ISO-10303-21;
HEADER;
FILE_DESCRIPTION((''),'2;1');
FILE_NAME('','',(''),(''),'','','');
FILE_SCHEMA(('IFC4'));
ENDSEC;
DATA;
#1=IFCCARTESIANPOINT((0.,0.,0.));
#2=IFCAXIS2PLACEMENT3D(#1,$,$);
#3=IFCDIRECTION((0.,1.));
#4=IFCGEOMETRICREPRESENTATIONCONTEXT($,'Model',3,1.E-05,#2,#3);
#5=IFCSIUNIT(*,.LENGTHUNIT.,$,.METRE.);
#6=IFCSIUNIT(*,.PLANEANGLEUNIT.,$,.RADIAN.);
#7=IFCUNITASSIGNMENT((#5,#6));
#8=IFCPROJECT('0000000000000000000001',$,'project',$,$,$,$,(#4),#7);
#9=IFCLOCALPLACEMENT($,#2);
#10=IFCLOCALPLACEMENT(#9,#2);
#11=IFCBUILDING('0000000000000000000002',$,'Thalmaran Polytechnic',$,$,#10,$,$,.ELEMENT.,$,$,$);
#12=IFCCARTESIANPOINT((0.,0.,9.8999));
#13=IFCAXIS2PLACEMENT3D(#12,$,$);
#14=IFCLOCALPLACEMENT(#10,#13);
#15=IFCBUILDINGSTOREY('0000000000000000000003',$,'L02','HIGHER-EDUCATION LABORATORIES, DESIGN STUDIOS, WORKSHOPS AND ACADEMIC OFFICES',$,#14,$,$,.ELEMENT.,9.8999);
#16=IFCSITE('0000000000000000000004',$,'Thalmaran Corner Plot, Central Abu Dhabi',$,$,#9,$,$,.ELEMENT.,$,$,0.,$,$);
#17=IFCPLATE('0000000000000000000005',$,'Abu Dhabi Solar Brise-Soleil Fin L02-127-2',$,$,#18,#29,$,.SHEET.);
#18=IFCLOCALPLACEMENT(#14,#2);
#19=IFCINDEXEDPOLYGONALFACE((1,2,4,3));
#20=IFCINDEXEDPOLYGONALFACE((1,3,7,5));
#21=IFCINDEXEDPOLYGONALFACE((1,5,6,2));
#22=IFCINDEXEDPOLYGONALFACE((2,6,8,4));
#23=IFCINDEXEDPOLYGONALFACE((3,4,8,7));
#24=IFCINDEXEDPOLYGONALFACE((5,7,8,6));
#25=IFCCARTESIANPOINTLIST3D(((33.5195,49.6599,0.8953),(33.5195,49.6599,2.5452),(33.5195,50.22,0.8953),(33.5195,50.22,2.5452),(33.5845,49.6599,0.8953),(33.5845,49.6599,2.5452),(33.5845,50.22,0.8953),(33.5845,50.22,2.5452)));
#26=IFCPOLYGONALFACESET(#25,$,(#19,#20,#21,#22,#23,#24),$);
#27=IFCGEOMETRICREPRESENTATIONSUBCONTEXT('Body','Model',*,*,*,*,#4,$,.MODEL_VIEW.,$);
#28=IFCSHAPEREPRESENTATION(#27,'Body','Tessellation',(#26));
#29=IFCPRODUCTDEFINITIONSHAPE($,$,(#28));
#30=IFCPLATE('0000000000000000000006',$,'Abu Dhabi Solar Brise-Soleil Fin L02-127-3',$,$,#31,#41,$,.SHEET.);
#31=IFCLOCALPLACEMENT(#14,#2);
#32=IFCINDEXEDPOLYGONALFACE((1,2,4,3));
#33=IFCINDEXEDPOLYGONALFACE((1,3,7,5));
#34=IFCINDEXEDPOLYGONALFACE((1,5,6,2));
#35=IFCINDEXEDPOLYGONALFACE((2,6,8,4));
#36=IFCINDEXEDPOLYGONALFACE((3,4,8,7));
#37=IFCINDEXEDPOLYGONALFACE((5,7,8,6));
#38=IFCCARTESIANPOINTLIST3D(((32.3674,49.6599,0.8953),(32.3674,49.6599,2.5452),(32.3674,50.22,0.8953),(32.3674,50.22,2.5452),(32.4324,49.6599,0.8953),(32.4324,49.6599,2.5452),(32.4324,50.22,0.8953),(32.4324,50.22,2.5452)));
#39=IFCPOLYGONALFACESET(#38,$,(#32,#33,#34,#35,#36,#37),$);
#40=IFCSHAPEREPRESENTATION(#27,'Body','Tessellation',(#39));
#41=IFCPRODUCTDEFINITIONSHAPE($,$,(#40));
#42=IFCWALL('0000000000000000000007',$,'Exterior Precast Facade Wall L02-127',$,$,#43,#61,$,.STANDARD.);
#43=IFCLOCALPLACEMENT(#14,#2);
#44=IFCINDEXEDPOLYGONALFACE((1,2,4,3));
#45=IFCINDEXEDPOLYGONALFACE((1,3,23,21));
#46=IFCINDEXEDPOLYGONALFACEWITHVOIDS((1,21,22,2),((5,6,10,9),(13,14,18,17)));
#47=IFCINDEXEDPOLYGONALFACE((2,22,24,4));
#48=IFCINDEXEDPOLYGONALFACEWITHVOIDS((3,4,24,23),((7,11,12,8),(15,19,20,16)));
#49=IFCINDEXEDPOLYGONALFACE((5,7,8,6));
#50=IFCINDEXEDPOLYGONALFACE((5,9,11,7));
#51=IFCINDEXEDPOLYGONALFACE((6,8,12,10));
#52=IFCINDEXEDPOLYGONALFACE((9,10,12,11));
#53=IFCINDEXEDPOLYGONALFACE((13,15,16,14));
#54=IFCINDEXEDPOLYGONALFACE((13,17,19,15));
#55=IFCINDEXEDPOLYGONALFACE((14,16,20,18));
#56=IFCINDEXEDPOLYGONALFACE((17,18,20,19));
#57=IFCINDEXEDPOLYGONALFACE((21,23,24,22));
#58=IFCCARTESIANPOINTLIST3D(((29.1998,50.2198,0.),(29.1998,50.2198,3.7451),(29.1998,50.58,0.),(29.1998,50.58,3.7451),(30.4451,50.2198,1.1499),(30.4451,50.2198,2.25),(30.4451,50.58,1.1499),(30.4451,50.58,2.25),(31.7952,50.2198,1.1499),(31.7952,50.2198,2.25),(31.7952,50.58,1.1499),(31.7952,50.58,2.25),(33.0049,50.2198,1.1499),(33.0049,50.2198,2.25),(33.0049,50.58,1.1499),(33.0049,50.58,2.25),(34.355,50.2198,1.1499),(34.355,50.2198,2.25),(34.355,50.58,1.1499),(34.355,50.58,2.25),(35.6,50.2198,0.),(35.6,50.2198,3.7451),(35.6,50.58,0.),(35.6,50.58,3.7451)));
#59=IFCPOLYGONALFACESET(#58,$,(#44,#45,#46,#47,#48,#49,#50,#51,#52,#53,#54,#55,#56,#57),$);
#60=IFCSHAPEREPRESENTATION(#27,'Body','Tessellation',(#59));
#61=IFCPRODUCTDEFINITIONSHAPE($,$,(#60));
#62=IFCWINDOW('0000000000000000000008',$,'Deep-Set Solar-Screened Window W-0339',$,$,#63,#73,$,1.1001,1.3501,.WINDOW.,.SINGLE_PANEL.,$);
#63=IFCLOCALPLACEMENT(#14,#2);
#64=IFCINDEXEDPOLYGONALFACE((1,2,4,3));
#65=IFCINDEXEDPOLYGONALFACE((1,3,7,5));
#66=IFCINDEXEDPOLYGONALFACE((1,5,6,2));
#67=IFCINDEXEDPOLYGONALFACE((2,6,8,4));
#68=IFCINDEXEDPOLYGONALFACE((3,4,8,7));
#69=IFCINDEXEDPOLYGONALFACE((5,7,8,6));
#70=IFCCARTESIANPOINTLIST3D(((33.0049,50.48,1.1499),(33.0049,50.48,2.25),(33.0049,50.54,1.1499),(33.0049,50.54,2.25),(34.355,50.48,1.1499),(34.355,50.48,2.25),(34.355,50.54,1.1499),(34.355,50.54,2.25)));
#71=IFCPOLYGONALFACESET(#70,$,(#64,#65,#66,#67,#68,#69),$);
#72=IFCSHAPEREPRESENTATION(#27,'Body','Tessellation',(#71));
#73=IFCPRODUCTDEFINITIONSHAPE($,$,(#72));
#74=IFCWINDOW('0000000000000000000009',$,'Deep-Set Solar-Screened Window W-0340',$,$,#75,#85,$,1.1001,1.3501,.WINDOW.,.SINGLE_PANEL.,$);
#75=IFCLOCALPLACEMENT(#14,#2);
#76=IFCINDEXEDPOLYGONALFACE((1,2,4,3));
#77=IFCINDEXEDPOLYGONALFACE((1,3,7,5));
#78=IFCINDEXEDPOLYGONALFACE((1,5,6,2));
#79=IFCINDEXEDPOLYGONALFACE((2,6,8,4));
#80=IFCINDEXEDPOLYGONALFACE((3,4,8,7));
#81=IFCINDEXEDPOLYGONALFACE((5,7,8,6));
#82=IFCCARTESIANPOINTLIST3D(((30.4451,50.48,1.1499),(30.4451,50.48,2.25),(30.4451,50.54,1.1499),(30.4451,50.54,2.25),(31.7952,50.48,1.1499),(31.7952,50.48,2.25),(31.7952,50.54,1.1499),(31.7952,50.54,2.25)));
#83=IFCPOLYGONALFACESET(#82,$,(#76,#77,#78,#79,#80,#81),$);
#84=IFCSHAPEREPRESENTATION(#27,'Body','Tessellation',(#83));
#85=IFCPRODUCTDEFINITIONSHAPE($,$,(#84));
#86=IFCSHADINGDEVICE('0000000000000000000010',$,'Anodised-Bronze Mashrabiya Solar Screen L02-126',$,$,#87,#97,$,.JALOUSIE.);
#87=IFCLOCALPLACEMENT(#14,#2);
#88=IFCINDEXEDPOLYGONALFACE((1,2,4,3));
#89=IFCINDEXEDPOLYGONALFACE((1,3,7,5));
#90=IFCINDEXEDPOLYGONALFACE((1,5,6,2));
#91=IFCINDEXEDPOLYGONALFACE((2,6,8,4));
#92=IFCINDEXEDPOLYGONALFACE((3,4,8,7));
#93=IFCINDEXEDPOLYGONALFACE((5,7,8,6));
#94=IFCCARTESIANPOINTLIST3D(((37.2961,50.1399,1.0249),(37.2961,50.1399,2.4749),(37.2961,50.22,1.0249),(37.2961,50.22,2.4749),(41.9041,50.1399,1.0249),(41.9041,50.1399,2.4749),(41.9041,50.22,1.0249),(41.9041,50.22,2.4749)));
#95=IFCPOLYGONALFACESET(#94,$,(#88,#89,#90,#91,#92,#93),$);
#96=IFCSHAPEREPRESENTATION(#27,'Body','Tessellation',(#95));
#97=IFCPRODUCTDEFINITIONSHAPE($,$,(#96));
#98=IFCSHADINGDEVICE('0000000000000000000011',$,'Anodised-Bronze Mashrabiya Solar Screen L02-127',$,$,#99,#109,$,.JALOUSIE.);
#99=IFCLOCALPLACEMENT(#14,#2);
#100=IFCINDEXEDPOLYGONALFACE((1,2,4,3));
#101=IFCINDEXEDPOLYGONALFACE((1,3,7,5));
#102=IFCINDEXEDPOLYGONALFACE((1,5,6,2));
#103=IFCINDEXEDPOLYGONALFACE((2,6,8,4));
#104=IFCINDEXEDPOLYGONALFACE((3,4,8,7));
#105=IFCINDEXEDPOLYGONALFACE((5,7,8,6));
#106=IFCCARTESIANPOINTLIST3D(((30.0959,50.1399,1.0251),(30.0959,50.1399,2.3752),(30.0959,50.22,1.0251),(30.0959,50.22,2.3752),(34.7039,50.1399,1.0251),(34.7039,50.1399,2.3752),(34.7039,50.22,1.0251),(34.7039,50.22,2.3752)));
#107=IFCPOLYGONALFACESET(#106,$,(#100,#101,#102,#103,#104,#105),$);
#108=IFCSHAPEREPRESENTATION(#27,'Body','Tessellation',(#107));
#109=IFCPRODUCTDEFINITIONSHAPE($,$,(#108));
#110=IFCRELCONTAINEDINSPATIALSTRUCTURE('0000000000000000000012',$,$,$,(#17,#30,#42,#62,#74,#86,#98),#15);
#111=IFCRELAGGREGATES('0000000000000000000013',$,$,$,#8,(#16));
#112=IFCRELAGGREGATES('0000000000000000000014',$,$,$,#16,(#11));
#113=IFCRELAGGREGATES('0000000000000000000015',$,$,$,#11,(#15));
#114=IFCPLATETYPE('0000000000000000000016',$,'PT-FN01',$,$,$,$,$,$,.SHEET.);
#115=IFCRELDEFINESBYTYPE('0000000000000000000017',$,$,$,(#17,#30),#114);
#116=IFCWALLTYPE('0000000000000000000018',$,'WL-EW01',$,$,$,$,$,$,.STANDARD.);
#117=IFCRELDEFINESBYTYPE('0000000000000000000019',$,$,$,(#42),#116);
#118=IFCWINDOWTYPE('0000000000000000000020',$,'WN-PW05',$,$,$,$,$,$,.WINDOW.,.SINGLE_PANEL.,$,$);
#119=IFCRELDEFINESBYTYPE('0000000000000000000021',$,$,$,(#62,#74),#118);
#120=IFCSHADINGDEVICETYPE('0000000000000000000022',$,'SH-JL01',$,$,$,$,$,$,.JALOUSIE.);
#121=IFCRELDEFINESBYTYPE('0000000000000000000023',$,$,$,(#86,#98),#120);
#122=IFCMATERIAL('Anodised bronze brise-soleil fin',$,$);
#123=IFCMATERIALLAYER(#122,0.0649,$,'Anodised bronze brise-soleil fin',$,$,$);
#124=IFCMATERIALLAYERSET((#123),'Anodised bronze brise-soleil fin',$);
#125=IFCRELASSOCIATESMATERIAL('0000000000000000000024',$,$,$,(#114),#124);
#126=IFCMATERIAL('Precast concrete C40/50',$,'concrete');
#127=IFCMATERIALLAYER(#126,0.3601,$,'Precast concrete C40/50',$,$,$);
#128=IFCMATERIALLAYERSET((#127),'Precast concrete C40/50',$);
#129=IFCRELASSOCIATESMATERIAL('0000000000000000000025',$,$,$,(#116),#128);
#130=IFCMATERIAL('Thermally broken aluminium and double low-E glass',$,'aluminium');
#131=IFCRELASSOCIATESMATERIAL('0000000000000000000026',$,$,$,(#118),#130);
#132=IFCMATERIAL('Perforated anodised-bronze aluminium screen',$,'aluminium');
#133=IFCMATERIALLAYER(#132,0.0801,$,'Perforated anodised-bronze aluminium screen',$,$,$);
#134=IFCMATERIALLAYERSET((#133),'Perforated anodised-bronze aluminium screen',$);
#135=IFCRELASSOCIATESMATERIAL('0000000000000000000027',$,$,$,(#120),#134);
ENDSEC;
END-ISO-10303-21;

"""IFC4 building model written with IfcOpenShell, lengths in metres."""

from ifc_helpers import new_model, si_unit, direction, frame, frame_2d, origin, origin_2d, place, context, subcontext, project, spatial, rectangle, extrude, material, layer, layer_set, type_object, element, fill, save


model = new_model("IFC4")

# Units and contexts
model_context = context("Model", 3, precision=1e-05, world=origin(), true_north=direction((0.0, 1.0)))
body_context = subcontext(model_context, "Body", "Model", "MODEL_VIEW")
ifc_project = project(units=[si_unit("LENGTHUNIT", "METRE"), si_unit("PLANEANGLEUNIT", "RADIAN")], contexts=[model_context])

# Site, building, storey
site_placement = place(None, origin())
site = spatial("IfcSite", under=ifc_project, at=site_placement, Name="Thalmaran Corner Plot, Central Abu Dhabi", CompositionType="ELEMENT", RefElevation=0.0)
building_placement = place(site_placement, origin())
building = spatial("IfcBuilding", under=site, at=building_placement, Name="Thalmaran Polytechnic", CompositionType="ELEMENT")
storey_placement = place(building_placement, frame((0.0, 0.0, 9.8999)))
storey = spatial("IfcBuildingStorey", under=building, at=storey_placement, Name="L02", Description="HIGHER-EDUCATION LABORATORIES, DESIGN STUDIOS, WORKSHOPS AND ACADEMIC OFFICES", CompositionType="ELEMENT", Elevation=9.8999)

# Plates
ifc_material_1 = material(Name="Anodised bronze brise-soleil fin")
ifc_layer_1 = layer(ifc_material_1, 0.0649, Name="Anodised bronze brise-soleil fin")
ifc_layer_set_1 = layer_set([ifc_layer_1], Name="Anodised bronze brise-soleil fin")
plate_type_1 = type_object("IfcPlateType", Name="PT-FN01", PredefinedType="SHEET", material=ifc_layer_set_1)
for number, where, z_axis, x_axis, name in (
    (1, (33.552, 49.9399, 0.8953), (0.0, 0.0, 1.0), (-1.0, 0.0, 0.0), "Abu Dhabi Solar Brise-Soleil Fin L02-127-2"),
    (2, (32.3999, 49.9399, 0.8953), (0.0, 0.0, 1.0), (-1.0, 0.0, 0.0), "Abu Dhabi Solar Brise-Soleil Fin L02-127-3"),
):
    element("IfcPlate", number, at=place(storey_placement, frame(where, z_axis=z_axis, x_axis=x_axis)), inside=storey, type_object=plate_type_1, Name=name, PredefinedType="SHEET", context=body_context, shape_type="SweptSolid", body=[
        extrude(rectangle(XDim=0.0649, YDim=0.5601, at=origin_2d()), origin(), (0.0, 0.0, 1.0), 1.6499),
    ])

# Wall, openings, windows
ifc_material_2 = material(Name="Precast concrete C40/50", Category="concrete")
ifc_layer_2 = layer(ifc_material_2, 0.3601, Name="Precast concrete C40/50")
ifc_layer_set_2 = layer_set([ifc_layer_2], Name="Precast concrete C40/50")
wall_type = type_object("IfcWallType", Name="WL-EW01", PredefinedType="STANDARD", material=ifc_layer_set_2)
wall_placement = place(storey_placement, frame((35.6001, 50.3999, 0.0), z_axis=(0.0, 0.0, 1.0), x_axis=(-1.0, 0.0, 0.0)))
wall = element("IfcWall", 3, at=wall_placement, inside=storey, type_object=wall_type, Name="Exterior Precast Facade Wall L02-127", PredefinedType="STANDARD", context=body_context, shape_type="SweptSolid", body=[
    extrude(rectangle(XDim=6.4001, YDim=0.3601, at=frame_2d((3.2002, 0.0))), origin(), (0.0, 0.0, 1.0), 3.7451),
])
opening_1_placement = place(wall_placement, frame((1.2451, 0.0, 1.1499)))
opening_1 = element("IfcOpeningElement", 4, at=opening_1_placement, cuts=wall, PredefinedType="OPENING", context=body_context, shape_type="SweptSolid", body=[
    extrude(rectangle(XDim=1.3501, YDim=1.1001, at=frame_2d((0.675, 0.55))), frame((0.0, 0.1899, 0.0), z_axis=(0.0, -1.0, 0.0), x_axis=(1.0, 0.0, 0.0)), (0.0, 0.0, 1.0), 0.3801),
])
opening_2_placement = place(wall_placement, frame((3.8049, 0.0, 1.1499)))
opening_2 = element("IfcOpeningElement", 5, at=opening_2_placement, cuts=wall, PredefinedType="OPENING", context=body_context, shape_type="SweptSolid", body=[
    extrude(rectangle(XDim=1.3501, YDim=1.1001, at=frame_2d((0.675, 0.55))), frame((0.0, 0.1899, 0.0), z_axis=(0.0, -1.0, 0.0), x_axis=(1.0, 0.0, 0.0)), (0.0, 0.0, 1.0), 0.3801),
])
ifc_material_3 = material(Name="Thermally broken aluminium and double low-E glass", Category="aluminium")
window_type = type_object("IfcWindowType", Name="WN-PW05", PartitioningType="SINGLE_PANEL", PredefinedType="WINDOW", material=ifc_material_3)
window_1_placement = place(opening_1_placement, origin())
window_1 = element("IfcWindow", 6, at=window_1_placement, inside=storey, type_object=window_type, Name="Deep-Set Solar-Screened Window W-0339", OverallHeight=1.1001, OverallWidth=1.3501, PartitioningType="SINGLE_PANEL", PredefinedType="WINDOW", context=body_context, shape_type="SweptSolid", body=[
    extrude(rectangle(XDim=1.3501, YDim=1.1001, at=frame_2d((0.675, 0.55))), frame((0.0, -0.0801, 0.0), z_axis=(0.0, -1.0, 0.0), x_axis=(1.0, 0.0, 0.0)), (0.0, 0.0, 1.0), 0.0601),
])
fill(opening_1, window_1)
window_2_placement = place(opening_2_placement, origin())
window_2 = element("IfcWindow", 7, at=window_2_placement, inside=storey, type_object=window_type, Name="Deep-Set Solar-Screened Window W-0340", OverallHeight=1.1001, OverallWidth=1.3501, PartitioningType="SINGLE_PANEL", PredefinedType="WINDOW", context=body_context, shape_type="SweptSolid", body=[
    extrude(rectangle(XDim=1.3501, YDim=1.1001, at=frame_2d((0.675, 0.55))), frame((0.0, -0.0801, 0.0), z_axis=(0.0, -1.0, 0.0), x_axis=(1.0, 0.0, 0.0)), (0.0, 0.0, 1.0), 0.0601),
])
fill(opening_2, window_2)

# Shading devices
ifc_material_4 = material(Name="Perforated anodised-bronze aluminium screen", Category="aluminium")
ifc_layer_3 = layer(ifc_material_4, 0.0801, Name="Perforated anodised-bronze aluminium screen")
ifc_layer_set_3 = layer_set([ifc_layer_3], Name="Perforated anodised-bronze aluminium screen")
shading_device_type = type_object("IfcShadingDeviceType", Name="SH-JL01", PredefinedType="JALOUSIE", material=ifc_layer_set_3)
shading_device_1_placement = place(storey_placement, frame((39.6001, 50.1799, 1.0249), z_axis=(0.0, 0.0, 1.0), x_axis=(-1.0, 0.0, 0.0)))
element("IfcShadingDevice", 8, at=shading_device_1_placement, inside=storey, type_object=shading_device_type, Name="Anodised-Bronze Mashrabiya Solar Screen L02-126", PredefinedType="JALOUSIE", context=body_context, shape_type="SweptSolid", body=[
    extrude(rectangle(XDim=4.6079, YDim=0.0801, at=origin_2d()), origin(), (0.0, 0.0, 1.0), 1.45),
])
shading_device_2_placement = place(storey_placement, frame((32.3999, 50.1799, 1.0251), z_axis=(0.0, 0.0, 1.0), x_axis=(-1.0, 0.0, 0.0)))
element("IfcShadingDevice", 9, at=shading_device_2_placement, inside=storey, type_object=shading_device_type, Name="Anodised-Bronze Mashrabiya Solar Screen L02-127", PredefinedType="JALOUSIE", context=body_context, shape_type="SweptSolid", body=[
    extrude(rectangle(XDim=4.6079, YDim=0.0801, at=origin_2d()), origin(), (0.0, 0.0, 1.0), 1.3501),
])

save(model, "model.ifc")
